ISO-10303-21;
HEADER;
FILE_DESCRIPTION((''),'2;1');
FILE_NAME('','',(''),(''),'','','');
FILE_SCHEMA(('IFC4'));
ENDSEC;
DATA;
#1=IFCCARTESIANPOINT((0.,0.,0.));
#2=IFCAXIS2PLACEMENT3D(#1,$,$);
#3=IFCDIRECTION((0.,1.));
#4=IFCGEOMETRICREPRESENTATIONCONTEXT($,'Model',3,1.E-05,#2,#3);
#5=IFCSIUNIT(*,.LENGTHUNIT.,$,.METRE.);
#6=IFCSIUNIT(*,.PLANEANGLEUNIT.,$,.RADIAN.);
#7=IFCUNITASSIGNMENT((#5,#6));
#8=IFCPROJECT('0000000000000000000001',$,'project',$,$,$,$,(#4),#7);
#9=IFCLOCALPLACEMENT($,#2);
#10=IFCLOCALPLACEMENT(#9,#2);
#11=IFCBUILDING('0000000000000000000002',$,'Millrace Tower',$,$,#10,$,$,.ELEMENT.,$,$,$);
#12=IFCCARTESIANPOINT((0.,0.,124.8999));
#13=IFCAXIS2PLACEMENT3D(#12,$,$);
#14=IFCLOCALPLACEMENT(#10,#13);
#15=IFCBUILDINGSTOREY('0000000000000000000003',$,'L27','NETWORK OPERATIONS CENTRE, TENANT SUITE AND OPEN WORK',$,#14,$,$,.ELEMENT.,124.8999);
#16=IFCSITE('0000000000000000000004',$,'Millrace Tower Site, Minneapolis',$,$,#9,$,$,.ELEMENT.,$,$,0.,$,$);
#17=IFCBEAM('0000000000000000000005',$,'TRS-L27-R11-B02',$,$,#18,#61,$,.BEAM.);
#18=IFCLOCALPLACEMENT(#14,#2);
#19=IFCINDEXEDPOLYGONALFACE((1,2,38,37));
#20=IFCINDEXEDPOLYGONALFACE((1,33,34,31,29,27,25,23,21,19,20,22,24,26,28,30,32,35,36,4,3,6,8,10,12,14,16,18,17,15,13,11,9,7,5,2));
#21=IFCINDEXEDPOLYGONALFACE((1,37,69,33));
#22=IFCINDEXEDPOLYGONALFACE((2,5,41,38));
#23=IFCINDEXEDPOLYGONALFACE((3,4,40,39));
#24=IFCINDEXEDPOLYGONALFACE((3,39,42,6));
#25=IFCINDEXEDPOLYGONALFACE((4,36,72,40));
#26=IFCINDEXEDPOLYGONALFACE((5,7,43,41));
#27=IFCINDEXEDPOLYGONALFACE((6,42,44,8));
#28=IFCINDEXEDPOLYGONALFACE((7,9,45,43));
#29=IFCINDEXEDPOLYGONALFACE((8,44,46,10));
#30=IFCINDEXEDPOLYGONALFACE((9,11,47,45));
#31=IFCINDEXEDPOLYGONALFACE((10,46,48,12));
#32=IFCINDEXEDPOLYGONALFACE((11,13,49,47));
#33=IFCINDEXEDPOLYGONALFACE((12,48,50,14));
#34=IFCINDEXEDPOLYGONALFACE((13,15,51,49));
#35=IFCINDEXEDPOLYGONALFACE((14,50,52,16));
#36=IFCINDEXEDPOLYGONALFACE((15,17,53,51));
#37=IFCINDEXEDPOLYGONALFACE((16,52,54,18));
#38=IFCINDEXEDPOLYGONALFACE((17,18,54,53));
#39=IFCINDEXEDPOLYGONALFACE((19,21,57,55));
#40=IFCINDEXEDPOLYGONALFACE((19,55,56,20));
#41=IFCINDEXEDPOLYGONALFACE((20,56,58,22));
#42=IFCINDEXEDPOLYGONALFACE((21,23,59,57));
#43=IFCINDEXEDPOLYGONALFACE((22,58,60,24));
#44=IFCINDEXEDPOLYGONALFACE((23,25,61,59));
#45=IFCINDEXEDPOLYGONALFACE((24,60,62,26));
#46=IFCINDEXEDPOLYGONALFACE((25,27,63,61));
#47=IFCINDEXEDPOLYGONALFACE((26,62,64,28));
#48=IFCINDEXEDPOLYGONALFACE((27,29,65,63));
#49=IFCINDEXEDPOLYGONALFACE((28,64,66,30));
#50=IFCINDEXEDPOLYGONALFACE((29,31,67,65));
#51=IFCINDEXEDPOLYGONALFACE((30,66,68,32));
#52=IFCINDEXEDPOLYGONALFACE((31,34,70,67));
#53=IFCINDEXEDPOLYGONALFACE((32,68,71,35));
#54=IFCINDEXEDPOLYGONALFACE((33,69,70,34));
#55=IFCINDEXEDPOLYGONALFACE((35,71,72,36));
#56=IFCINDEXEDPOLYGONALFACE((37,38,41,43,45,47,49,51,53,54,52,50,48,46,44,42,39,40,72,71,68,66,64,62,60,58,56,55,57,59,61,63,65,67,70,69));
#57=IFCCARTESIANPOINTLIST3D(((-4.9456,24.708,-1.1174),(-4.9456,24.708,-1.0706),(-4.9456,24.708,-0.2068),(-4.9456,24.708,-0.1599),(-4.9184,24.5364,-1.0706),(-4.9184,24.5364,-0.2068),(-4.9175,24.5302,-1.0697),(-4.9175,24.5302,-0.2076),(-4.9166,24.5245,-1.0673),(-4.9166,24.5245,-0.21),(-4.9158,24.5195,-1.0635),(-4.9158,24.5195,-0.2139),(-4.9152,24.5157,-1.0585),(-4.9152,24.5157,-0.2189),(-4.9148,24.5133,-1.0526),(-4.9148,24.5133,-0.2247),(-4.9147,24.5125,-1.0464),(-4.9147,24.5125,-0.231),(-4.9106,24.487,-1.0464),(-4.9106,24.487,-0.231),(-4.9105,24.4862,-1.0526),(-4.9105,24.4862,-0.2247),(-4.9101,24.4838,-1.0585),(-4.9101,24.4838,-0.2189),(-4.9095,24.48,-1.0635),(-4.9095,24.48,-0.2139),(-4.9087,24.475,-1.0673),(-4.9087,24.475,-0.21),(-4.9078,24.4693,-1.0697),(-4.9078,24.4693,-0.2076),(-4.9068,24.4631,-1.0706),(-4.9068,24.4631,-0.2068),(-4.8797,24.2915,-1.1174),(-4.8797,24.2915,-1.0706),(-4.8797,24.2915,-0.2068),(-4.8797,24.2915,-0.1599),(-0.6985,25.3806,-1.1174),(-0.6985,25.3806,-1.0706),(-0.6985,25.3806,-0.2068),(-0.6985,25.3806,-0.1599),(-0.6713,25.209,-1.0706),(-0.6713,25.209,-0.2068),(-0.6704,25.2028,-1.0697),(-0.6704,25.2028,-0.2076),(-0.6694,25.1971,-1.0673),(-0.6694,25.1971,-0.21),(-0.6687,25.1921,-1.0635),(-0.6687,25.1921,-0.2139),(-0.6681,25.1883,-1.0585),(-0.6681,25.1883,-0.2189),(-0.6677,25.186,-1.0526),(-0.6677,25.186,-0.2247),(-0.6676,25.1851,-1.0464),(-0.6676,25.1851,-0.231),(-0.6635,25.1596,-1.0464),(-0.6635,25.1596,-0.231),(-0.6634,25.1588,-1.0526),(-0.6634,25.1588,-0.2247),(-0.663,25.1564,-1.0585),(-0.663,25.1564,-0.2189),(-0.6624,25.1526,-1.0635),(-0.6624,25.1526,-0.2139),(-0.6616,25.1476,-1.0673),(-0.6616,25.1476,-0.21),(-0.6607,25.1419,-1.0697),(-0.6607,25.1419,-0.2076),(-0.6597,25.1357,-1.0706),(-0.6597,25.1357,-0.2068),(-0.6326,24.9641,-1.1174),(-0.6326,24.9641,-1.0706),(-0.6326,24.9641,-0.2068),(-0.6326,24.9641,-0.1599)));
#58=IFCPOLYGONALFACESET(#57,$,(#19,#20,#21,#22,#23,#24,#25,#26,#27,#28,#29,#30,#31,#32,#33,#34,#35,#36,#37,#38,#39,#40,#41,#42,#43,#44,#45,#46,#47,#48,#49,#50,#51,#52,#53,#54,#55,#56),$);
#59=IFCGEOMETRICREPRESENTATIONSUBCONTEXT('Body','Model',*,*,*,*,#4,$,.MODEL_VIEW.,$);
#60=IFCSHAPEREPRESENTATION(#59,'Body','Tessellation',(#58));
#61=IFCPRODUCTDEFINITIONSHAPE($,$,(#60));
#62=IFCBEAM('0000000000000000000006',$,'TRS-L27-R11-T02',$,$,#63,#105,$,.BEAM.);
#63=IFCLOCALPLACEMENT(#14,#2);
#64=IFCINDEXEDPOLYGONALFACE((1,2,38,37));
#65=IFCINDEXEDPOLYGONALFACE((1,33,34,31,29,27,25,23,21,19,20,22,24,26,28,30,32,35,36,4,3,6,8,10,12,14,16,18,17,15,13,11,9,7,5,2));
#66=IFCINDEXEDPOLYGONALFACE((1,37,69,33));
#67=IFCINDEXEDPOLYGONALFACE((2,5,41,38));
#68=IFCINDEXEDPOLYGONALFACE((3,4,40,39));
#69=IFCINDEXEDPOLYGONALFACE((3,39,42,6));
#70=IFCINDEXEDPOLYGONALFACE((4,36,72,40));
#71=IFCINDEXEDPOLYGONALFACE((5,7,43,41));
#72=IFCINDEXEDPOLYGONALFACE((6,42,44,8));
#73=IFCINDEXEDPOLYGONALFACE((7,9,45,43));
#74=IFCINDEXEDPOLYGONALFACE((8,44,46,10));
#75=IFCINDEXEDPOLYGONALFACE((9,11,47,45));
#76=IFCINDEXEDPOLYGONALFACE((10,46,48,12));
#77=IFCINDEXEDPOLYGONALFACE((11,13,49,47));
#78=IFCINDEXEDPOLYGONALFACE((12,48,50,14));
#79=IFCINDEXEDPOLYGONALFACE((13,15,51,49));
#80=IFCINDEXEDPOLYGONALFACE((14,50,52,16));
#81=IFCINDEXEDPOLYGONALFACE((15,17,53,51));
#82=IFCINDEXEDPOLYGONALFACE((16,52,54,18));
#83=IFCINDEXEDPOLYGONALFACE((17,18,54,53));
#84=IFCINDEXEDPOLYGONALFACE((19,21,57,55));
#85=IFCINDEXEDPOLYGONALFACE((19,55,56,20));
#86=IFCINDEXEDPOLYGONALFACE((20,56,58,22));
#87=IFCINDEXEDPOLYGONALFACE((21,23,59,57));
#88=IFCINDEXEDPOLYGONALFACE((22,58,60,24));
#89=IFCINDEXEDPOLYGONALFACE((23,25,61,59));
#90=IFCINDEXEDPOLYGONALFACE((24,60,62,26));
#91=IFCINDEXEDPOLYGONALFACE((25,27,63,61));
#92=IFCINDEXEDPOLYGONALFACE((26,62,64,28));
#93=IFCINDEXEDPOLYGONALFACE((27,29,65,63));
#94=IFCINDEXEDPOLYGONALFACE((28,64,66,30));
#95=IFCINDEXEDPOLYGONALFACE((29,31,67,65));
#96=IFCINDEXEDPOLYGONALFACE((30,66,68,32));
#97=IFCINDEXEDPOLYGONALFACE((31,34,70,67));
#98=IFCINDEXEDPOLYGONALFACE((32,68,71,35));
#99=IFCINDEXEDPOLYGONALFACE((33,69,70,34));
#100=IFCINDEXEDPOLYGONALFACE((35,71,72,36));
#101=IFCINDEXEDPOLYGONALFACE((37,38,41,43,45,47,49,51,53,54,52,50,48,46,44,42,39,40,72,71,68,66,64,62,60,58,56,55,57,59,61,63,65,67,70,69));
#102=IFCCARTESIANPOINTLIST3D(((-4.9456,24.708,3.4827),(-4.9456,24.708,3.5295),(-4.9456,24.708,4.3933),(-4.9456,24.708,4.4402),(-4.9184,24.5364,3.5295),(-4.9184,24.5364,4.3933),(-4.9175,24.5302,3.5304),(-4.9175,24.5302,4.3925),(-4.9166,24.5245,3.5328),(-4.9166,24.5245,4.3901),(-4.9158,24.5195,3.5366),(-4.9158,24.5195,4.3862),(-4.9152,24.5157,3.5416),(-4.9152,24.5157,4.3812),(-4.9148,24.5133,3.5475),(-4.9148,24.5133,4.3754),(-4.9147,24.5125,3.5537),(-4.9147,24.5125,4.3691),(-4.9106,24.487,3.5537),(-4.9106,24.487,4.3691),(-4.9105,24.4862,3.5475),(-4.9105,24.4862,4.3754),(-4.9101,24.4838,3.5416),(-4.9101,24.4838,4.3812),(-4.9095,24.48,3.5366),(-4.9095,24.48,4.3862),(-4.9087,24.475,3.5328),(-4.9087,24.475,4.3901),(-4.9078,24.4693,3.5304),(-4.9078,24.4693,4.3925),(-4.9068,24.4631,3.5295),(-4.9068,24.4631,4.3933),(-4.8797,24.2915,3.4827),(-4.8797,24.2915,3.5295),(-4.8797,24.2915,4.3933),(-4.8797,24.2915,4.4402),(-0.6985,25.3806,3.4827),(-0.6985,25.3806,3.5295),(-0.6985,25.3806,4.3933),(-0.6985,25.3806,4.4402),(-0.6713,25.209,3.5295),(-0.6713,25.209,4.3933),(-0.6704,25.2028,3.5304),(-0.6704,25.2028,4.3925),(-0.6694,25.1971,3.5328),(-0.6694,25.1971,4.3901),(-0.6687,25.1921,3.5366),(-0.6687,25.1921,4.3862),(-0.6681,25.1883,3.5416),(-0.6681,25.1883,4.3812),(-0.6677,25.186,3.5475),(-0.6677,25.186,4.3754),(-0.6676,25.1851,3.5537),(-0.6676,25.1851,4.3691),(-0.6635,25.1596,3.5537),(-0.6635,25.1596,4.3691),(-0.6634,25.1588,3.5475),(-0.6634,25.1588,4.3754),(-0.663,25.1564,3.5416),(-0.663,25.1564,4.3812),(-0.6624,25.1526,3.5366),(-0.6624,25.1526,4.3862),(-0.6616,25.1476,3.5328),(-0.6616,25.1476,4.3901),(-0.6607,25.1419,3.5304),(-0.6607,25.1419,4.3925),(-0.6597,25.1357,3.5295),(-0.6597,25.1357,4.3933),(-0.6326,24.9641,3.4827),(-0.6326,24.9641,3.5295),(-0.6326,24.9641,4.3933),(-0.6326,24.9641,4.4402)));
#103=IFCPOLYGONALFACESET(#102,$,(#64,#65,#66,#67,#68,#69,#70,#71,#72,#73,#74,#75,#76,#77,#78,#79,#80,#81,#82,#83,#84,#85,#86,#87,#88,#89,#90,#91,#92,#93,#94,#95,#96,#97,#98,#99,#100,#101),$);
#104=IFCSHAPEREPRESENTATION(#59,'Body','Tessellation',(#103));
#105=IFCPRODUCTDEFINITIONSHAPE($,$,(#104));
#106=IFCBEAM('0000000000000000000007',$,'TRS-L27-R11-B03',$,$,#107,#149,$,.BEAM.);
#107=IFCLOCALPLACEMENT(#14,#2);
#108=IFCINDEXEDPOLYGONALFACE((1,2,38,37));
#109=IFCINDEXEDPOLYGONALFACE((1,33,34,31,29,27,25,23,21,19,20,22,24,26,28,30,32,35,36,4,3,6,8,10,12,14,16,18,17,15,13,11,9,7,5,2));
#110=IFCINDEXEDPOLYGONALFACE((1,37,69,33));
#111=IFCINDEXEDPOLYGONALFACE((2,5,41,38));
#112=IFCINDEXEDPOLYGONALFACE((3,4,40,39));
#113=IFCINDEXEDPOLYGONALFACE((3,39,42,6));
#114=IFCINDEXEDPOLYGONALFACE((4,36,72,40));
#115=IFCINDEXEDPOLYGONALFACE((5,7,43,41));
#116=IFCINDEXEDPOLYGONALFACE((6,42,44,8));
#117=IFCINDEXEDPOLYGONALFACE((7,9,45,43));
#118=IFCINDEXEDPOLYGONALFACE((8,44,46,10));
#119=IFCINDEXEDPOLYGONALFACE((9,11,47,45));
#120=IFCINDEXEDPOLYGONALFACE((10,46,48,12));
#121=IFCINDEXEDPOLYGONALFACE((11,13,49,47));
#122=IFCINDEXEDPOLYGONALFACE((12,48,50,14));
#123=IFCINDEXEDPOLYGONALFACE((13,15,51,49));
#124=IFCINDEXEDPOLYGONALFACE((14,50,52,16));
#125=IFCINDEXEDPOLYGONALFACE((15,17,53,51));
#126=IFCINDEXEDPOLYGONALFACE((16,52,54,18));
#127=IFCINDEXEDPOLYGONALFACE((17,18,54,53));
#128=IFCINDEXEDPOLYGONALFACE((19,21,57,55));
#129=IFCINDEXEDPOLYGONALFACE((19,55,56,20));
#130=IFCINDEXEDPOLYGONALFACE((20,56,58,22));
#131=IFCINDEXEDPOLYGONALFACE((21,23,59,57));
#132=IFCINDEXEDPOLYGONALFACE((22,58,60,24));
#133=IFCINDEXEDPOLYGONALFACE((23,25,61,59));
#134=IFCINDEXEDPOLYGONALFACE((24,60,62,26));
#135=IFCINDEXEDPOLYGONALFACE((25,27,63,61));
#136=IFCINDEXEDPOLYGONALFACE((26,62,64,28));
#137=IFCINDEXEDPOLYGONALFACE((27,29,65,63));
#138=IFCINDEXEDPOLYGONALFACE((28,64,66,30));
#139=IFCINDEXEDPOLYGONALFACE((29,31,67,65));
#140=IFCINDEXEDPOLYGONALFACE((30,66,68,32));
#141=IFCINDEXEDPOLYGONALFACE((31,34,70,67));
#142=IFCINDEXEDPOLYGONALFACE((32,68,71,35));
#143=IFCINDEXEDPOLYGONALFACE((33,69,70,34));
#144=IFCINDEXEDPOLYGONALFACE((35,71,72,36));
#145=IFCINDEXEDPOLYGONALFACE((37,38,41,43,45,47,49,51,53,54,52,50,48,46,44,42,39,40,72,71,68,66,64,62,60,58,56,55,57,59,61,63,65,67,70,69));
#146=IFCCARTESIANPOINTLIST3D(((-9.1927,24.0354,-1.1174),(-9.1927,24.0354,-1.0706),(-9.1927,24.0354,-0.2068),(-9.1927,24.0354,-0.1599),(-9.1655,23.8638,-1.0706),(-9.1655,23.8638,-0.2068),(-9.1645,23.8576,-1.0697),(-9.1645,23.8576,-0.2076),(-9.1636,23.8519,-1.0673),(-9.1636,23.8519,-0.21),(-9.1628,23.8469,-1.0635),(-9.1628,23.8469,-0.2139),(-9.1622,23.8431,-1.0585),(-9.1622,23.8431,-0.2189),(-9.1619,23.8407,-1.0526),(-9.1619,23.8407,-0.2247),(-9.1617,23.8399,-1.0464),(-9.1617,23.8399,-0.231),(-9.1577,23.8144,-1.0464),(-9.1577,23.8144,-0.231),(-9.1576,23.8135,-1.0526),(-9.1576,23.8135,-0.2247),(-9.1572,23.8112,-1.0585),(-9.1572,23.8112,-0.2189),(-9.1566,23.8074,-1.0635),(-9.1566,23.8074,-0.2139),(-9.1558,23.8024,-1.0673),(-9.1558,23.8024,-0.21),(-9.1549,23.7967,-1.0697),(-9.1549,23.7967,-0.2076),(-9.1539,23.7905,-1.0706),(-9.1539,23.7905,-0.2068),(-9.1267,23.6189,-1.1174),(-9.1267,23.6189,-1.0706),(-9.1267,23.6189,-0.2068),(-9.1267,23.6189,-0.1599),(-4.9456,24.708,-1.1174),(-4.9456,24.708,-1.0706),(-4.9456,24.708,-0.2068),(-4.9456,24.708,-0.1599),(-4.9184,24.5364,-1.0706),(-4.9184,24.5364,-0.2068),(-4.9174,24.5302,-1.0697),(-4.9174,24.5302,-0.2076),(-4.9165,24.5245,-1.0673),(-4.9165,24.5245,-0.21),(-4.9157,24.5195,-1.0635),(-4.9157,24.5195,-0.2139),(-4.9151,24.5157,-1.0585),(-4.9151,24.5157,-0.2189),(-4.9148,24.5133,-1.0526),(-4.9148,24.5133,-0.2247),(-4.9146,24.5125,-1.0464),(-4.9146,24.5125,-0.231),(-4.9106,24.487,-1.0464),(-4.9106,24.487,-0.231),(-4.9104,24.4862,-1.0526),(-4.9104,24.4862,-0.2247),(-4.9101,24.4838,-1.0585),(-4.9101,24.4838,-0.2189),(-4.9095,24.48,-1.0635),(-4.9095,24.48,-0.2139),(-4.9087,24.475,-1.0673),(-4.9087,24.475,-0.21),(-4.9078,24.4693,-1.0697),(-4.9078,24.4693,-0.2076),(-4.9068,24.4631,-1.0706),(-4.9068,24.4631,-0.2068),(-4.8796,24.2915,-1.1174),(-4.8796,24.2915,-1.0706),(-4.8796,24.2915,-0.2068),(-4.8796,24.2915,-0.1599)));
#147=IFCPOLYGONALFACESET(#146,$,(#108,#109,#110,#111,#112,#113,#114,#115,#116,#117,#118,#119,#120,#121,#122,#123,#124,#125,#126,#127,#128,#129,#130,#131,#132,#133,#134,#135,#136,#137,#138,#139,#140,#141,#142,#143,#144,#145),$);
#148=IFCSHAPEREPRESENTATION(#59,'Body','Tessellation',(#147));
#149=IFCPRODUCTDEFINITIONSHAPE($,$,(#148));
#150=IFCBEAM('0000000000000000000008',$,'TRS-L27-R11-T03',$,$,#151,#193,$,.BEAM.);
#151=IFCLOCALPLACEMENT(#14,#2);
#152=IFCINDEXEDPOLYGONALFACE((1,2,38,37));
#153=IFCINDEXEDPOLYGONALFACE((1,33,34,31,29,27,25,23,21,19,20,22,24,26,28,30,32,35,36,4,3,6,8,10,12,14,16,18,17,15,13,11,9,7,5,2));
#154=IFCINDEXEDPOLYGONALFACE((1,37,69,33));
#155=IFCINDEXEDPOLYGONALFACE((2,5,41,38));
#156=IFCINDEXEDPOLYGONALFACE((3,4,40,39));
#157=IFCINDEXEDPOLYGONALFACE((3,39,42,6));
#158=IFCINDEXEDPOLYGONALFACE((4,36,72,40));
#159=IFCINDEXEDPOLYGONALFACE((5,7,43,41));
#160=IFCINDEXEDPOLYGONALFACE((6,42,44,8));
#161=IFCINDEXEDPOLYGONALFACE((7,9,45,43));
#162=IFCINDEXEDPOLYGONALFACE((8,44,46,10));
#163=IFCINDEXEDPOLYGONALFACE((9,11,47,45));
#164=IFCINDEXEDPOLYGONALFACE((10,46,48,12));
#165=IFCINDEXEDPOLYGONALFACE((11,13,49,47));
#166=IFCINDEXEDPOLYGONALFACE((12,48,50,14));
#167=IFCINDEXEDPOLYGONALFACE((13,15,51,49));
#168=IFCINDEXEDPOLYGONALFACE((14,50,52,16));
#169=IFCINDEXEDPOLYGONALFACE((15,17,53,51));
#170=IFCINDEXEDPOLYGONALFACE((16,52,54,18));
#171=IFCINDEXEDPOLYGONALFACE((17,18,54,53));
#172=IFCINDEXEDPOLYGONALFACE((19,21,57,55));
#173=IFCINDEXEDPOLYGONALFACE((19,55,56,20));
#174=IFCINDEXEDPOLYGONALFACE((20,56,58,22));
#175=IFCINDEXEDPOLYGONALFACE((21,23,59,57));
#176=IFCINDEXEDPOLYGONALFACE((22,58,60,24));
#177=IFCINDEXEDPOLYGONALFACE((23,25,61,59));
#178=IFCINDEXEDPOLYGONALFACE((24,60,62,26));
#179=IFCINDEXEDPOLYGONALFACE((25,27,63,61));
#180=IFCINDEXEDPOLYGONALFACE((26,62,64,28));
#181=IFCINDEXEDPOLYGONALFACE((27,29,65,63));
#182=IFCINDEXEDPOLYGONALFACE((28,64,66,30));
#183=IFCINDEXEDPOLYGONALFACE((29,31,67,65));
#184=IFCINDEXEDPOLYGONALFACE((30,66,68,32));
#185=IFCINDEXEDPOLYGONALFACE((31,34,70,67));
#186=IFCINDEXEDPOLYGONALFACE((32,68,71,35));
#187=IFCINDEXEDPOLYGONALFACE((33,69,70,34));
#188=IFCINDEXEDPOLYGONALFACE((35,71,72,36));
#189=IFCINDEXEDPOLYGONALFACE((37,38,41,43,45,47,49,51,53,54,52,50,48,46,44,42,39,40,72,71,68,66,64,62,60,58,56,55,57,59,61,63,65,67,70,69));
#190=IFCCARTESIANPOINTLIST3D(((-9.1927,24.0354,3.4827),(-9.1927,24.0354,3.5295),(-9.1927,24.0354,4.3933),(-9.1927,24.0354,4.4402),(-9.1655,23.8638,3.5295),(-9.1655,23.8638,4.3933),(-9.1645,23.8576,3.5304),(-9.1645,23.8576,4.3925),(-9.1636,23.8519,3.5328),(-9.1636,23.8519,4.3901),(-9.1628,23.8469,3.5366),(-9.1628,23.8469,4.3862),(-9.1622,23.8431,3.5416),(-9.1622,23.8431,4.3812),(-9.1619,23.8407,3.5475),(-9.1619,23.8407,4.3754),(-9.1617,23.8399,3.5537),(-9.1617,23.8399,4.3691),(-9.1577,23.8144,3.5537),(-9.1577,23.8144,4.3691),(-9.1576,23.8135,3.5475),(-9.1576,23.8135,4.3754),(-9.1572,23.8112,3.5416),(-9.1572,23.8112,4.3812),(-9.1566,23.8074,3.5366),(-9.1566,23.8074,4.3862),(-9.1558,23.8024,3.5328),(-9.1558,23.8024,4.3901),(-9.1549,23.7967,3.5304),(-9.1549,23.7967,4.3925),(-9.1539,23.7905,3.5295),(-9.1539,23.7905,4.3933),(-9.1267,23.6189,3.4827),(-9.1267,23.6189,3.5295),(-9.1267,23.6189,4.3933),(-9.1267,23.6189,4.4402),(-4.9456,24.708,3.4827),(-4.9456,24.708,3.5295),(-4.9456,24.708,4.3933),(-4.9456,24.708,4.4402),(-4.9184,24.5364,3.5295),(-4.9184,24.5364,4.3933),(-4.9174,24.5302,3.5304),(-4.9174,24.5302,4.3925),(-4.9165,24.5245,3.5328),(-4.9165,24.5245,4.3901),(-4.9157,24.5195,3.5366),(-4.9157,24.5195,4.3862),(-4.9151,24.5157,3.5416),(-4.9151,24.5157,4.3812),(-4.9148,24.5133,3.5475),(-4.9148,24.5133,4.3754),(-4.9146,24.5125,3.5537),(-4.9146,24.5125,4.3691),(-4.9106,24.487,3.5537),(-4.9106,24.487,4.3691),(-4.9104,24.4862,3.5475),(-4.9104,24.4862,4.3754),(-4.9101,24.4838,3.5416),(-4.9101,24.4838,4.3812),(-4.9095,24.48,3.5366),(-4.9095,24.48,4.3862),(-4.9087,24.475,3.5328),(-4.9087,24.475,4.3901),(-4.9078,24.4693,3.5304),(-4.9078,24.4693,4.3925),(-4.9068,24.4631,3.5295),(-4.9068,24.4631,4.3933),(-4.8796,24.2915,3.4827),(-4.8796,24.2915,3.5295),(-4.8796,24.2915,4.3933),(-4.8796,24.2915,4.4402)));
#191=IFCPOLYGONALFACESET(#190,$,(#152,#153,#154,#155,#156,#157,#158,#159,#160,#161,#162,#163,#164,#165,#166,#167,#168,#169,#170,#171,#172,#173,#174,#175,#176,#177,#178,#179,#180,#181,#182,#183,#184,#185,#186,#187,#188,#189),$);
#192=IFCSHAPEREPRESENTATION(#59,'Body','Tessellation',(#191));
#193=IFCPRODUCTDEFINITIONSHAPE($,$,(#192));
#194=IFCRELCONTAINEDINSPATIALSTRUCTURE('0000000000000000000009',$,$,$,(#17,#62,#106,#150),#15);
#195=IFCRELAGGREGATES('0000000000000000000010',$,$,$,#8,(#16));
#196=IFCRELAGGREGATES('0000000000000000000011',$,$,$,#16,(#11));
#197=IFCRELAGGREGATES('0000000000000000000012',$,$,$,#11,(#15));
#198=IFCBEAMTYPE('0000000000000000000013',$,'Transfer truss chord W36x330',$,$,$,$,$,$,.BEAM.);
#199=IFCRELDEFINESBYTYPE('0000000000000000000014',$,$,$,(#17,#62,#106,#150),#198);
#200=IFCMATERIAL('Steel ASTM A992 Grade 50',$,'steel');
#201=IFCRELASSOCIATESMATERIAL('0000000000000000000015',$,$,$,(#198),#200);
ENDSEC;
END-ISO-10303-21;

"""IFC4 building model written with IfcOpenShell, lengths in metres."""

from ifc_helpers import new_model, si_unit, direction, frame, origin, origin_2d, place, context, subcontext, project, spatial, i_section, extrude, material, material_profile, profile_set, type_object, element, save


model = new_model("IFC4")

# Units and contexts
model_context = context("Model", 3, precision=1e-05, world=origin(), true_north=direction((0.0, 1.0)))
body_context = subcontext(model_context, "Body", "Model", "MODEL_VIEW")
ifc_project = project(units=[si_unit("LENGTHUNIT", "METRE"), si_unit("PLANEANGLEUNIT", "RADIAN")], contexts=[model_context])

# Site, building, storey
site_placement = place(None, origin())
site = spatial("IfcSite", under=ifc_project, at=site_placement, Name="Millrace Tower Site, Minneapolis", CompositionType="ELEMENT", RefElevation=0.0)
building_placement = place(site_placement, origin())
building = spatial("IfcBuilding", under=site, at=building_placement, Name="Millrace Tower", CompositionType="ELEMENT")
storey_placement = place(building_placement, frame((0.0, 0.0, 124.8999)))
storey = spatial("IfcBuildingStorey", under=building, at=storey_placement, Name="L27", Description="NETWORK OPERATIONS CENTRE, TENANT SUITE AND OPEN WORK", CompositionType="ELEMENT", Elevation=124.8999)

# Beams
ifc_material_1 = material(Name="Steel ASTM A992 Grade 50", Category="steel")
ifc_material_profile_1 = material_profile(ifc_material_1, i_section(OverallWidth=0.4216, OverallDepth=0.9575, WebThickness=0.0259, FlangeThickness=0.0469, FilletRadius=0.0242, at=origin_2d()))
ifc_profile_set_1 = profile_set([ifc_material_profile_1], Name="Steel ASTM A992 Grade 50")
beam_type_1 = type_object("IfcBeamType", Name="Transfer truss chord W36x330", PredefinedType="BEAM", material=ifc_profile_set_1)
for number, where, z_axis, x_axis, name in (
    (1, (-0.6655, 25.1724, -0.6387), (-0.987691, -0.15642, 0.0), (0.15642, -0.987691, 0.0), "TRS-L27-R11-B02"),
    (2, (-0.6655, 25.1724, 3.9614), (-0.987691, -0.15642, 0.0), (0.15642, -0.987691, 0.0), "TRS-L27-R11-T02"),
    (3, (-4.9126, 24.4998, -0.6387), (-0.987691, -0.15642, 0.0), (0.15642, -0.987691, 0.0), "TRS-L27-R11-B03"),
    (4, (-4.9126, 24.4998, 3.9614), (-0.987691, -0.15642, 0.0), (0.15642, -0.987691, 0.0), "TRS-L27-R11-T03"),
):
    element("IfcBeam", number, at=place(storey_placement, frame(where, z_axis=z_axis, x_axis=x_axis)), inside=storey, type_object=beam_type_1, Name=name, PredefinedType="BEAM", context=body_context, shape_type="SweptSolid", body=[
        extrude(i_section(OverallWidth=0.4216, OverallDepth=0.9575, WebThickness=0.0259, FlangeThickness=0.0469, FilletRadius=0.0242, at=origin_2d()), origin(), (0.0, 0.0, 1.0), 4.3),
    ])

save(model, "model.ifc")
